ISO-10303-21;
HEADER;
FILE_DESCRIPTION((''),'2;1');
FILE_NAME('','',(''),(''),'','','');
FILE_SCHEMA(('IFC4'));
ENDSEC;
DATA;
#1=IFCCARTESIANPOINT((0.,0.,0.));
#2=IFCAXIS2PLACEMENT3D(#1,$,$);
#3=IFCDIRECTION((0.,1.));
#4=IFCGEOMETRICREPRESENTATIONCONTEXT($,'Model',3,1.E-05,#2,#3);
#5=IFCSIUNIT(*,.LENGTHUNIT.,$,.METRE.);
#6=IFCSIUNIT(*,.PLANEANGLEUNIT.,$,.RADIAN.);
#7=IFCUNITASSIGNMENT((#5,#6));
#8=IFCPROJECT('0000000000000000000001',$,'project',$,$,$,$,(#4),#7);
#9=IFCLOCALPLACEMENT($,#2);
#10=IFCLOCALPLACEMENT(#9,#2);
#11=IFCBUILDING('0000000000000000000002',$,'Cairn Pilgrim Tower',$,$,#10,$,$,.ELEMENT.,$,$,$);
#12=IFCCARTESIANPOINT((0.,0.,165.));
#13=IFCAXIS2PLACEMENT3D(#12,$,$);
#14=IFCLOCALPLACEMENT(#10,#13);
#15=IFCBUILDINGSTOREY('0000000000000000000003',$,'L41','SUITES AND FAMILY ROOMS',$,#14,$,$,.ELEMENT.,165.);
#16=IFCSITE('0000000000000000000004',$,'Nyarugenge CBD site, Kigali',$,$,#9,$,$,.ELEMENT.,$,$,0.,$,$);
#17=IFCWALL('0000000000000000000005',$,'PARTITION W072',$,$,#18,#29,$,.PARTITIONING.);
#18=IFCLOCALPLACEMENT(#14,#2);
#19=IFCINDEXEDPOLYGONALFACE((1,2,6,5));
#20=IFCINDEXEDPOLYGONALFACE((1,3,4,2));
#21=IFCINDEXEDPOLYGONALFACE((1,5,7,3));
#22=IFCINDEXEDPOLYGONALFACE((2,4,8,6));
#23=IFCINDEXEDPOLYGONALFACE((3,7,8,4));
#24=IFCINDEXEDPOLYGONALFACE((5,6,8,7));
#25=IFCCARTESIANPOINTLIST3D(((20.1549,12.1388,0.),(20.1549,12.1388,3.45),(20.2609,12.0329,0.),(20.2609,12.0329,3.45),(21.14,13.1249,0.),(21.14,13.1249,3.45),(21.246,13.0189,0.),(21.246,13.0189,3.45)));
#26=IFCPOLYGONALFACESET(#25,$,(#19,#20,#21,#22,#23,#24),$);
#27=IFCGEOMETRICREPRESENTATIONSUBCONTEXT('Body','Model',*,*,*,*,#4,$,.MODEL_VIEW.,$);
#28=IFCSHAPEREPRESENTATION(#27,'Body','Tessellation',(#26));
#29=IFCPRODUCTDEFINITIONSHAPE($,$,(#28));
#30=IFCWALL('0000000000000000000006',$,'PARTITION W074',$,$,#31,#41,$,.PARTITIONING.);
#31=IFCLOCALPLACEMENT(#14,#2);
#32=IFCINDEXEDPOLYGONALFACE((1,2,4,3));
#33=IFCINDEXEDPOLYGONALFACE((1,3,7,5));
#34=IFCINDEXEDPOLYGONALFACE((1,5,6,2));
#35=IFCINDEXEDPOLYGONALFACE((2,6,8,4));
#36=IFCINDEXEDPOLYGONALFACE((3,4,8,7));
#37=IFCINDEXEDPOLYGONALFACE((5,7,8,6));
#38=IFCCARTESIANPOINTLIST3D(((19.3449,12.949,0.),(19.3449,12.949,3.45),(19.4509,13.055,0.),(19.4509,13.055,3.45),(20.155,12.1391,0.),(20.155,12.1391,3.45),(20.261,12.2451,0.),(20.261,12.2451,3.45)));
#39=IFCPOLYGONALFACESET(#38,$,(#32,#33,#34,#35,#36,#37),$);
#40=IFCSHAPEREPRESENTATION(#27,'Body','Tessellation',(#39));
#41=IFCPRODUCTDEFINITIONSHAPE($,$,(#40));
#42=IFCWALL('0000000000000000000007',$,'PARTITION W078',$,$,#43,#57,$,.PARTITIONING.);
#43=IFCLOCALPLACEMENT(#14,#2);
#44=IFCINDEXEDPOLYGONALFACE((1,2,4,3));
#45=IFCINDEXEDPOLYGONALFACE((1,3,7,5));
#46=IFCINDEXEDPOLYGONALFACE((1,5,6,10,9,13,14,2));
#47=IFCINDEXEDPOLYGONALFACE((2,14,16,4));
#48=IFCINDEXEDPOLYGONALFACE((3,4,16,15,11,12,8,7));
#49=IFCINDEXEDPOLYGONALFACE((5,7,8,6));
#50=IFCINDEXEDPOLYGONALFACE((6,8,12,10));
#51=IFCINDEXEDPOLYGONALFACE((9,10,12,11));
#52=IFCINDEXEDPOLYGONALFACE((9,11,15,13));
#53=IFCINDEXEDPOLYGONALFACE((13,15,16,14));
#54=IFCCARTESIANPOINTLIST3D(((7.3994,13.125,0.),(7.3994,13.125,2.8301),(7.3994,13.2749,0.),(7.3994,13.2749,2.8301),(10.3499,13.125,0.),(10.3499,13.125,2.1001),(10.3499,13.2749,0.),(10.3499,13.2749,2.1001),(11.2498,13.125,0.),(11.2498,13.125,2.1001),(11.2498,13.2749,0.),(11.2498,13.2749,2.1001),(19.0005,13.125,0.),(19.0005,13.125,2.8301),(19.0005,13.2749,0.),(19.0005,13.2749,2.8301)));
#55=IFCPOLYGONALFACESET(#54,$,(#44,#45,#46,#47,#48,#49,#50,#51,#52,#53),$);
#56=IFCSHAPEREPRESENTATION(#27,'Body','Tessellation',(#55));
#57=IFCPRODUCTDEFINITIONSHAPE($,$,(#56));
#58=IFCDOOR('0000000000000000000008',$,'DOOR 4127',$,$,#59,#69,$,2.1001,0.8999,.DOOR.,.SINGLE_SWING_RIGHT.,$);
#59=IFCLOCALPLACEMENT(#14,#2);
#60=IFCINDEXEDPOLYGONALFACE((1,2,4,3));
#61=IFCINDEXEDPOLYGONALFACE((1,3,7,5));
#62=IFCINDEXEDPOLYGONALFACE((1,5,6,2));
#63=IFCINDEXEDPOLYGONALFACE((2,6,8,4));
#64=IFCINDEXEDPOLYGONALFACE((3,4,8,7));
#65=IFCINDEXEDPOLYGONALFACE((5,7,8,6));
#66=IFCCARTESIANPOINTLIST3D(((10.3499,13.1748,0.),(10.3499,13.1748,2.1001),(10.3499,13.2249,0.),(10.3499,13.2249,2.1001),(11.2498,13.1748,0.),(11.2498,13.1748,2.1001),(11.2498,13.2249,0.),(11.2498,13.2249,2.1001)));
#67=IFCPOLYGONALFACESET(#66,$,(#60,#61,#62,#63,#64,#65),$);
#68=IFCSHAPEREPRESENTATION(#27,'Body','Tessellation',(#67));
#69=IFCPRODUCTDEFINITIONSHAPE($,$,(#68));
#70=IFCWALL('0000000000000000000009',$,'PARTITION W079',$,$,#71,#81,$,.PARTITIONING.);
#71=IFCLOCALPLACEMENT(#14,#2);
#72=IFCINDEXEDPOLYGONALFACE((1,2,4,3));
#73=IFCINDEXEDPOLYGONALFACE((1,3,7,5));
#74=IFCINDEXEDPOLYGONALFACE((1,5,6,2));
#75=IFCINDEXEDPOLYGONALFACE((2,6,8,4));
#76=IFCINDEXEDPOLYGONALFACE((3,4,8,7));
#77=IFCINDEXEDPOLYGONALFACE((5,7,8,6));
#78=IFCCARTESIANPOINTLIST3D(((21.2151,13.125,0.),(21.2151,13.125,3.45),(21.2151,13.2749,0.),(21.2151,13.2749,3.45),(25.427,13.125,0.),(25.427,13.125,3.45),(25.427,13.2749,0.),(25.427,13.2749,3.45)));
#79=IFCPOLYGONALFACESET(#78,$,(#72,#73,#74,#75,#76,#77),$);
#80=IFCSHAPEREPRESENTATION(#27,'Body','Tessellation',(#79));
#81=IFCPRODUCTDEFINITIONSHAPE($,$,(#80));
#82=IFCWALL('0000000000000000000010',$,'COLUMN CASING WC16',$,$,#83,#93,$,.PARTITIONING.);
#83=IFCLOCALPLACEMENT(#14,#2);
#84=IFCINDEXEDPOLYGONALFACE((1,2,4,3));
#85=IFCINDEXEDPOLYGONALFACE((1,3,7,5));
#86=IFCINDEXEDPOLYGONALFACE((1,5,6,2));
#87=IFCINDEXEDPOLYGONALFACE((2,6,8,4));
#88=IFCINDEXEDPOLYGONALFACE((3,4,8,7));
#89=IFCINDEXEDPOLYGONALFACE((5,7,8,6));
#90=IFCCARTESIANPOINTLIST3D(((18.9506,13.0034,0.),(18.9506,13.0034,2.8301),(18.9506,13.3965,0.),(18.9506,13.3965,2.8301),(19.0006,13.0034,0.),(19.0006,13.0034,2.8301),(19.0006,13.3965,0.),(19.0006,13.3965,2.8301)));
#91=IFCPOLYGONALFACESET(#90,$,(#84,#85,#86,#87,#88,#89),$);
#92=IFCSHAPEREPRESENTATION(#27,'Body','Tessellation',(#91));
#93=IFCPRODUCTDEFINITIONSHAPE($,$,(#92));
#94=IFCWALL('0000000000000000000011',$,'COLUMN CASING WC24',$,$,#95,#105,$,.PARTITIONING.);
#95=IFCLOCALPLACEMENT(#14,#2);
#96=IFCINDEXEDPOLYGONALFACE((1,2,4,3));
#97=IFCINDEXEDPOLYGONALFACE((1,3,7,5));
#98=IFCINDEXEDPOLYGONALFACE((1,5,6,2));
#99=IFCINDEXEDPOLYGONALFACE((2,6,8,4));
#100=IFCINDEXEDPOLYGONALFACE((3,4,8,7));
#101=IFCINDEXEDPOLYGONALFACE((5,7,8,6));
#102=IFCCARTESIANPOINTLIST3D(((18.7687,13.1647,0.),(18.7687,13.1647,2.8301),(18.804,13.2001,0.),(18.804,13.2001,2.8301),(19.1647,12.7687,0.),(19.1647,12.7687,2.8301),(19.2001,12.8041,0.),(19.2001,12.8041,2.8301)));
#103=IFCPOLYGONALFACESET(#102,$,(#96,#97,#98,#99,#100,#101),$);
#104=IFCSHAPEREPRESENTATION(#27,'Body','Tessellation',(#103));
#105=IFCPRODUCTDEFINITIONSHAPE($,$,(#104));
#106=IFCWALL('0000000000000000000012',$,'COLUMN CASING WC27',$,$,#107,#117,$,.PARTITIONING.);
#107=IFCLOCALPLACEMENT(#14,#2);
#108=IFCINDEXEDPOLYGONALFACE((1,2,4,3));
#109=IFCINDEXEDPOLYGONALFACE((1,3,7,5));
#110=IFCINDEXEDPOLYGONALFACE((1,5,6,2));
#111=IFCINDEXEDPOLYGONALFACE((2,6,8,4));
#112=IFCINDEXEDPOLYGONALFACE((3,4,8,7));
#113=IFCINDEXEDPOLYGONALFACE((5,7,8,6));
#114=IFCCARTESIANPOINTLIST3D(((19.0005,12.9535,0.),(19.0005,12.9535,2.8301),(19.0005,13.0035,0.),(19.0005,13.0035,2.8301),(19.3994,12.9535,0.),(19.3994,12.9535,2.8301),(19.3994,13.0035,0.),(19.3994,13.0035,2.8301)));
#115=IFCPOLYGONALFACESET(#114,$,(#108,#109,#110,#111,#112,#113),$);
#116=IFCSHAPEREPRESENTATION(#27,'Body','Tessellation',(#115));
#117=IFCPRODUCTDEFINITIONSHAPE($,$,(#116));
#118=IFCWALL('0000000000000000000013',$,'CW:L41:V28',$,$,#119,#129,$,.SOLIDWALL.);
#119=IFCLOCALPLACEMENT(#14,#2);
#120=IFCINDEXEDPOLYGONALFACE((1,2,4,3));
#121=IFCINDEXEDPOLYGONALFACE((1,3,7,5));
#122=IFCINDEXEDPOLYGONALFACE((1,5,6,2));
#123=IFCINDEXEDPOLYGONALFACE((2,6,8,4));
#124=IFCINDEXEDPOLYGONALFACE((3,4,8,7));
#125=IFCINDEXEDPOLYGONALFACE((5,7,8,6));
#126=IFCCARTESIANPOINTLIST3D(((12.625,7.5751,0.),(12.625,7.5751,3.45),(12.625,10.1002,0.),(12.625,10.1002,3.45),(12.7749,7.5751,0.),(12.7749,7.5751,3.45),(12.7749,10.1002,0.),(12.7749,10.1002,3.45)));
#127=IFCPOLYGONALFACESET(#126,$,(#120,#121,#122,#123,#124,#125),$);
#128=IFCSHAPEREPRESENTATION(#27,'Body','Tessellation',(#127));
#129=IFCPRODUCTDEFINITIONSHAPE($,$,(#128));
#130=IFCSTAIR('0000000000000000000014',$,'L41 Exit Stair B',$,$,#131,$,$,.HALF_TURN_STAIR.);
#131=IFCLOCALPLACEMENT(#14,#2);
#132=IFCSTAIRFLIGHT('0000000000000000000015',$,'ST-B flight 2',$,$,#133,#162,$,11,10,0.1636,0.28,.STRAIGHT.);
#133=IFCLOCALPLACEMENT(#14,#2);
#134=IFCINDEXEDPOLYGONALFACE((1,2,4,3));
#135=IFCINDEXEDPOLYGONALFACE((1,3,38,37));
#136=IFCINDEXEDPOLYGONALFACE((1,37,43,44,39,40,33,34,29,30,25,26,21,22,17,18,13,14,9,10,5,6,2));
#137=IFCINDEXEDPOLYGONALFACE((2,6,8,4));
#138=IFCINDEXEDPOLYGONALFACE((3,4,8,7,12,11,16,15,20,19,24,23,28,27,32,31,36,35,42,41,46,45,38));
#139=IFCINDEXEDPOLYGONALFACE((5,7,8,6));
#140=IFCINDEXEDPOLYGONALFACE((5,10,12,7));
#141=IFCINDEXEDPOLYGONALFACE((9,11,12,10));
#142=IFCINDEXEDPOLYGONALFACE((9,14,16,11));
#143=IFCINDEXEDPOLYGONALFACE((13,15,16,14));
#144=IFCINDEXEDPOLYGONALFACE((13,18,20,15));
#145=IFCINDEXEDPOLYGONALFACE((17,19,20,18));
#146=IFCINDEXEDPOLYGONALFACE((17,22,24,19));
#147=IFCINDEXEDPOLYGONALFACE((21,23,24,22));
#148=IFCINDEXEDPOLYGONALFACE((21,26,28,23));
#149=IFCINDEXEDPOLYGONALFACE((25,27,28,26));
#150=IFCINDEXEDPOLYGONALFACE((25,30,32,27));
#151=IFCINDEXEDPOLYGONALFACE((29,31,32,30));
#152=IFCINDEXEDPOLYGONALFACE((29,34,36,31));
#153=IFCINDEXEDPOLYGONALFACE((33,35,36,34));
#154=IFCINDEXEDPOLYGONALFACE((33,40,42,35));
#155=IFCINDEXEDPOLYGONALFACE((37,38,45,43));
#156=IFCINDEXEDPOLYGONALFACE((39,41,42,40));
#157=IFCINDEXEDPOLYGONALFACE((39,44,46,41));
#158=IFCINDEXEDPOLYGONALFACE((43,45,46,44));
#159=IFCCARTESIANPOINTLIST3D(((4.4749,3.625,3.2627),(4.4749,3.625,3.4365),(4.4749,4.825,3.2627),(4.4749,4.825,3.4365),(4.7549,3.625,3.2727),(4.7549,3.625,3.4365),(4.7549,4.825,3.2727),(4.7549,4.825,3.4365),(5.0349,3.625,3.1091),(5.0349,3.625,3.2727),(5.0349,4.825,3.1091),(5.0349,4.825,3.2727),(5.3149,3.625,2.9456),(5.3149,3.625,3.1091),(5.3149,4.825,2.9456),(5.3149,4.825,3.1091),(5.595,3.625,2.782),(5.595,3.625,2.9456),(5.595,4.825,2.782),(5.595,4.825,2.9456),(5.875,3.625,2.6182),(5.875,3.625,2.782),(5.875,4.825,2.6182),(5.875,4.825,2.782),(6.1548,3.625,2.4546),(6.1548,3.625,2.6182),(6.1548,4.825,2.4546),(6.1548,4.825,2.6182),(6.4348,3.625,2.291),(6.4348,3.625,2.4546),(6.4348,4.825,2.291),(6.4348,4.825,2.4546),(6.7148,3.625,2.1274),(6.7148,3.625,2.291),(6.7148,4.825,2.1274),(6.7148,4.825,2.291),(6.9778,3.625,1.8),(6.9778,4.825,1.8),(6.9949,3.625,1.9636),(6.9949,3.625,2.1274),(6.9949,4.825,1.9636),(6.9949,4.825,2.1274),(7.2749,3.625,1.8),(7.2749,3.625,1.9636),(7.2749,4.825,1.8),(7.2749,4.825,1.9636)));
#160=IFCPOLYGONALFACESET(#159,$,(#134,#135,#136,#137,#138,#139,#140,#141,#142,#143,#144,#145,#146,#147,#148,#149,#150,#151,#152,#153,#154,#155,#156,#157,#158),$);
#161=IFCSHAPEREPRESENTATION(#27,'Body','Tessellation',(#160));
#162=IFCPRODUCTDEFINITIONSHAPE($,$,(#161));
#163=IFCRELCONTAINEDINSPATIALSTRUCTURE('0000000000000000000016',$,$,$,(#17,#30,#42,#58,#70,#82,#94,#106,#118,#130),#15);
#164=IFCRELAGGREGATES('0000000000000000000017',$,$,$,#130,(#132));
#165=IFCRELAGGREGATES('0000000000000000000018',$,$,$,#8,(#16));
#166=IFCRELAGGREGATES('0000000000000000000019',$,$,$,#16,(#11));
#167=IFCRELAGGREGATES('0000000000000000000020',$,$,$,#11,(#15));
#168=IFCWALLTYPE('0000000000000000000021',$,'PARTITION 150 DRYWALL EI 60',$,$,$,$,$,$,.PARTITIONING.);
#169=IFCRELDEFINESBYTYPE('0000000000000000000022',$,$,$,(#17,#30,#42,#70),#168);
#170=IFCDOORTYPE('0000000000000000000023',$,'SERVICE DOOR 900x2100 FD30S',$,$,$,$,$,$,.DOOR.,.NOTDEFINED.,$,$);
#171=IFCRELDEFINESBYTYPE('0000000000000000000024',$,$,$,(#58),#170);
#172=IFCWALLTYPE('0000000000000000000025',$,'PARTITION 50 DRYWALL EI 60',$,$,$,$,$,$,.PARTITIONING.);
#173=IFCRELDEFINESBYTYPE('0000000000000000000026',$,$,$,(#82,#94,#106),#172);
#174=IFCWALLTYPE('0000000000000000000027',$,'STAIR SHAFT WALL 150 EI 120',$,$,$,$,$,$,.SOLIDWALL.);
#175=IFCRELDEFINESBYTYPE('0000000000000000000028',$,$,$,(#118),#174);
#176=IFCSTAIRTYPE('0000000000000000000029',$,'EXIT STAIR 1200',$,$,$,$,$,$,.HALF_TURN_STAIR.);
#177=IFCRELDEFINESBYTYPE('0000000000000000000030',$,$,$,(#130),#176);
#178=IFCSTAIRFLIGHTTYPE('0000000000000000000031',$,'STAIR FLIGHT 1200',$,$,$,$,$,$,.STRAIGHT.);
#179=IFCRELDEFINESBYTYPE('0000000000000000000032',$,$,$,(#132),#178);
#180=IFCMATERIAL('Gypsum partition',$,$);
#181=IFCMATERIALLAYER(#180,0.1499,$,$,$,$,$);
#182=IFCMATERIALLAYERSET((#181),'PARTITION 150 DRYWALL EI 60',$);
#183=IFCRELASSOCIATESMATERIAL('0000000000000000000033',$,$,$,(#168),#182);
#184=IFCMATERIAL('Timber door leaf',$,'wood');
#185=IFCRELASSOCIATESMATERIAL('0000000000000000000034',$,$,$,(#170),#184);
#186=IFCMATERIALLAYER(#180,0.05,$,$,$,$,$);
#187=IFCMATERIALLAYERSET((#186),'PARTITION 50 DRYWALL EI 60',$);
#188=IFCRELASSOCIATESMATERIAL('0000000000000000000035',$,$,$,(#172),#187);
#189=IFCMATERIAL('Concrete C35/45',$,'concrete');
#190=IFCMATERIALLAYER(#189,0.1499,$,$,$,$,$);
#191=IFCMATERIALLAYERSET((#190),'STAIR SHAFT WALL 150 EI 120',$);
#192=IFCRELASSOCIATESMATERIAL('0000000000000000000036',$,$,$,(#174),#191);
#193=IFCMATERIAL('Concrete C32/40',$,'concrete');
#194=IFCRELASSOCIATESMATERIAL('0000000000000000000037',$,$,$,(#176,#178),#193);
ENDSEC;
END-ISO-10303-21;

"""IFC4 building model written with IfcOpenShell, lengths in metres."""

from ifc_helpers import new_model, si_unit, direction, frame, frame_2d, origin, place, context, subcontext, project, spatial, polyline, rectangle, outline, extrude, material, layer, layer_set, type_object, element, fill, aggregate, save


model = new_model("IFC4")

# Units and contexts
model_context = context("Model", 3, precision=1e-05, world=origin(), true_north=direction((0.0, 1.0)))
body_context = subcontext(model_context, "Body", "Model", "MODEL_VIEW")
ifc_project = project(units=[si_unit("LENGTHUNIT", "METRE"), si_unit("PLANEANGLEUNIT", "RADIAN")], contexts=[model_context])

# Site, building, storey
site_placement = place(None, origin())
site = spatial("IfcSite", under=ifc_project, at=site_placement, Name="Nyarugenge CBD site, Kigali", CompositionType="ELEMENT", RefElevation=0.0)
building_placement = place(site_placement, origin())
building = spatial("IfcBuilding", under=site, at=building_placement, Name="Cairn Pilgrim Tower", CompositionType="ELEMENT")
storey_placement = place(building_placement, frame((0.0, 0.0, 165.0)))
storey = spatial("IfcBuildingStorey", under=building, at=storey_placement, Name="L41", Description="SUITES AND FAMILY ROOMS", CompositionType="ELEMENT", Elevation=165.0)

# Shared definitions
ifc_material_1 = material(Name="Concrete C32/40", Category="concrete")

# Walls
ifc_material_2 = material(Name="Gypsum partition")
ifc_layer_1 = layer(ifc_material_2, 0.1499)
ifc_layer_set_1 = layer_set([ifc_layer_1], Name="PARTITION 150 DRYWALL EI 60")
wall_type_1 = type_object("IfcWallType", Name="PARTITION 150 DRYWALL EI 60", PredefinedType="PARTITIONING", material=ifc_layer_set_1)
wall_1_placement = place(storey_placement, frame((20.208, 12.0859, 0.0), z_axis=(0.0, 0.0, 1.0), x_axis=(0.706756, 0.707457, 0.0)))
element("IfcWall", 1, at=wall_1_placement, inside=storey, type_object=wall_type_1, Name="PARTITION W072", PredefinedType="PARTITIONING", context=body_context, shape_type="SweptSolid", body=[
    extrude(rectangle(XDim=1.3938, YDim=0.1499, at=frame_2d((0.6968, 0.0))), origin(), (0.0, 0.0, 1.0), 3.45),
])
wall_2_placement = place(storey_placement, frame((20.208, 12.1921, 0.0), z_axis=(0.0, 0.0, 1.0), x_axis=(-0.707213, 0.707, 0.0)))
element("IfcWall", 2, at=wall_2_placement, inside=storey, type_object=wall_type_1, Name="PARTITION W074", PredefinedType="PARTITIONING", context=body_context, shape_type="SweptSolid", body=[
    extrude(rectangle(XDim=1.1455, YDim=0.1499, at=frame_2d((0.5728, 0.0))), origin(), (0.0, 0.0, 1.0), 3.45),
])

# Wall, opening, door
wall_3_placement = place(storey_placement, frame((7.3994, 13.2, 0.0), z_axis=(0.0, 0.0, 1.0), x_axis=(1.0, 0.0, 0.0)))
wall_3 = element("IfcWall", 3, at=wall_3_placement, inside=storey, type_object=wall_type_1, Name="PARTITION W078", PredefinedType="PARTITIONING", context=body_context, shape_type="SweptSolid", body=[
    extrude(rectangle(XDim=11.6011, YDim=0.1499, at=frame_2d((5.8005, 0.0))), origin(), (0.0, 0.0, 1.0), 2.8301),
])
opening_1_placement = place(wall_3_placement, frame((2.9504, 0.0, 0.0)))
opening_1 = element("IfcOpeningElement", 4, at=opening_1_placement, cuts=wall_3, PredefinedType="OPENING", context=body_context, shape_type="SweptSolid", body=[
    extrude(rectangle(XDim=0.8999, YDim=2.1001, at=frame_2d((0.45, 1.05))), frame((0.0, 0.085, 0.0), z_axis=(0.0, -1.0, 0.0), x_axis=(1.0, 0.0, 0.0)), (0.0, 0.0, 1.0), 0.1699),
])
ifc_material_3 = material(Name="Timber door leaf", Category="wood")
door_type_1 = type_object("IfcDoorType", Name="SERVICE DOOR 900x2100 FD30S", OperationType="NOTDEFINED", PredefinedType="DOOR", material=ifc_material_3)
door_1_placement = place(opening_1_placement, origin())
door_1 = element("IfcDoor", 5, at=door_1_placement, inside=storey, type_object=door_type_1, Name="DOOR 4127", OperationType="SINGLE_SWING_RIGHT", OverallHeight=2.1001, OverallWidth=0.8999, PredefinedType="DOOR", context=body_context, shape_type="SweptSolid", body=[
    extrude(rectangle(XDim=0.8999, YDim=2.1001, at=frame_2d((0.45, 1.05))), frame((0.0, 0.0249, 0.0), z_axis=(0.0, -1.0, 0.0), x_axis=(1.0, 0.0, 0.0)), (0.0, 0.0, 1.0), 0.05),
])
fill(opening_1, door_1)

# Walls
wall_4_placement = place(storey_placement, frame((21.2151, 13.2, 0.0), z_axis=(0.0, 0.0, 1.0), x_axis=(1.0, 0.0, 0.0)))
element("IfcWall", 6, at=wall_4_placement, inside=storey, type_object=wall_type_1, Name="PARTITION W079", PredefinedType="PARTITIONING", context=body_context, shape_type="SweptSolid", body=[
    extrude(rectangle(XDim=4.2119, YDim=0.1499, at=frame_2d((2.106, 0.0))), origin(), (0.0, 0.0, 1.0), 3.45),
])
ifc_layer_2 = layer(ifc_material_2, 0.05)
ifc_layer_set_2 = layer_set([ifc_layer_2], Name="PARTITION 50 DRYWALL EI 60")
wall_type_2 = type_object("IfcWallType", Name="PARTITION 50 DRYWALL EI 60", PredefinedType="PARTITIONING", material=ifc_layer_set_2)
wall_5_placement = place(storey_placement, frame((18.9756, 13.0034, 0.0), z_axis=(0.0, 0.0, 1.0), x_axis=(0.0, 1.0, 0.0)))
element("IfcWall", 7, at=wall_5_placement, inside=storey, type_object=wall_type_2, Name="COLUMN CASING WC16", PredefinedType="PARTITIONING", context=body_context, shape_type="SweptSolid", body=[
    extrude(rectangle(XDim=0.3931, YDim=0.05, at=frame_2d((0.1965, 0.0))), origin(), (0.0, 0.0, 1.0), 2.8301),
])
wall_6_placement = place(storey_placement, frame((19.1824, 12.7864, 0.0), z_axis=(0.0, 0.0, 1.0), x_axis=(-0.707107, 0.707107, 0.0)))
element("IfcWall", 8, at=wall_6_placement, inside=storey, type_object=wall_type_2, Name="COLUMN CASING WC24", PredefinedType="PARTITIONING", context=body_context, shape_type="SweptSolid", body=[
    extrude(rectangle(XDim=0.5601, YDim=0.05, at=frame_2d((0.28, 0.0))), origin(), (0.0, 0.0, 1.0), 2.8301),
])
wall_7_placement = place(storey_placement, frame((19.0005, 12.9785, 0.0), z_axis=(0.0, 0.0, 1.0), x_axis=(1.0, 0.0, 0.0)))
element("IfcWall", 9, at=wall_7_placement, inside=storey, type_object=wall_type_2, Name="COLUMN CASING WC27", PredefinedType="PARTITIONING", context=body_context, shape_type="SweptSolid", body=[
    extrude(rectangle(XDim=0.3989, YDim=0.05, at=frame_2d((0.1995, 0.0))), origin(), (0.0, 0.0, 1.0), 2.8301),
])
ifc_material_4 = material(Name="Concrete C35/45", Category="concrete")
ifc_layer_3 = layer(ifc_material_4, 0.1499)
ifc_layer_set_3 = layer_set([ifc_layer_3], Name="STAIR SHAFT WALL 150 EI 120")
wall_type_3 = type_object("IfcWallType", Name="STAIR SHAFT WALL 150 EI 120", PredefinedType="SOLIDWALL", material=ifc_layer_set_3)
wall_8_placement = place(storey_placement, frame((12.7, 7.575, 0.0), z_axis=(0.0, 0.0, 1.0), x_axis=(0.0, 1.0, 0.0)))
element("IfcWall", 10, at=wall_8_placement, inside=storey, type_object=wall_type_3, Name="CW:L41:V28", PredefinedType="SOLIDWALL", context=body_context, shape_type="SweptSolid", body=[
    extrude(rectangle(XDim=2.5251, YDim=0.1499, at=frame_2d((1.2627, 0.0))), origin(), (0.0, 0.0, 1.0), 3.45),
])

# Stair, stair flight
stair_type = type_object("IfcStairType", Name="EXIT STAIR 1200", PredefinedType="HALF_TURN_STAIR", material=ifc_material_1)
stair_1_placement = place(storey_placement, origin())
stair_1 = element("IfcStair", 11, at=stair_1_placement, inside=storey, type_object=stair_type, Name="L41 Exit Stair B", PredefinedType="HALF_TURN_STAIR")
stair_flight_type = type_object("IfcStairFlightType", Name="STAIR FLIGHT 1200", PredefinedType="STRAIGHT", material=ifc_material_1)
stair_flight_1_placement = place(storey_placement, frame((7.2749, 4.2251, 1.8), z_axis=(0.0, 0.0, 1.0), x_axis=(-1.0, 0.0, 0.0)))
stair_flight_1 = element("IfcStairFlight", 12, at=stair_flight_1_placement, type_object=stair_flight_type, Name="ST-B flight 2", NumberOfRisers=11, NumberOfTreads=10, PredefinedType="STRAIGHT", RiserHeight=0.1636, TreadLength=0.28, context=body_context, shape_type="SweptSolid", body=[
    extrude(outline(polyline([(0.0, 0.0), (0.0, 0.1636), (0.28, 0.1636), (0.28, 0.3274), (0.5601, 0.3274), (0.5601, 0.491), (0.8401, 0.491), (0.8401, 0.6545), (1.1201, 0.6545), (1.1201, 0.8181), (1.3999, 0.8181), (1.3999, 0.9819), (1.6799, 0.9819), (1.6799, 1.1455), (1.96, 1.1455), (1.96, 1.3091), (2.24, 1.3091), (2.24, 1.4727), (2.52, 1.4727), (2.52, 1.6365), (2.8, 1.6365), (2.8, 1.8), (2.8, 1.4626), (0.2971, 0.0), (0.0, 0.0)])), frame((0.0, 0.6001, 0.0), z_axis=(0.0, -1.0, 0.0), x_axis=(1.0, 0.0, 0.0)), (0.0, 0.0, 1.0), 1.2),
])
aggregate(stair_1, [stair_flight_1])

save(model, "model.ifc")
